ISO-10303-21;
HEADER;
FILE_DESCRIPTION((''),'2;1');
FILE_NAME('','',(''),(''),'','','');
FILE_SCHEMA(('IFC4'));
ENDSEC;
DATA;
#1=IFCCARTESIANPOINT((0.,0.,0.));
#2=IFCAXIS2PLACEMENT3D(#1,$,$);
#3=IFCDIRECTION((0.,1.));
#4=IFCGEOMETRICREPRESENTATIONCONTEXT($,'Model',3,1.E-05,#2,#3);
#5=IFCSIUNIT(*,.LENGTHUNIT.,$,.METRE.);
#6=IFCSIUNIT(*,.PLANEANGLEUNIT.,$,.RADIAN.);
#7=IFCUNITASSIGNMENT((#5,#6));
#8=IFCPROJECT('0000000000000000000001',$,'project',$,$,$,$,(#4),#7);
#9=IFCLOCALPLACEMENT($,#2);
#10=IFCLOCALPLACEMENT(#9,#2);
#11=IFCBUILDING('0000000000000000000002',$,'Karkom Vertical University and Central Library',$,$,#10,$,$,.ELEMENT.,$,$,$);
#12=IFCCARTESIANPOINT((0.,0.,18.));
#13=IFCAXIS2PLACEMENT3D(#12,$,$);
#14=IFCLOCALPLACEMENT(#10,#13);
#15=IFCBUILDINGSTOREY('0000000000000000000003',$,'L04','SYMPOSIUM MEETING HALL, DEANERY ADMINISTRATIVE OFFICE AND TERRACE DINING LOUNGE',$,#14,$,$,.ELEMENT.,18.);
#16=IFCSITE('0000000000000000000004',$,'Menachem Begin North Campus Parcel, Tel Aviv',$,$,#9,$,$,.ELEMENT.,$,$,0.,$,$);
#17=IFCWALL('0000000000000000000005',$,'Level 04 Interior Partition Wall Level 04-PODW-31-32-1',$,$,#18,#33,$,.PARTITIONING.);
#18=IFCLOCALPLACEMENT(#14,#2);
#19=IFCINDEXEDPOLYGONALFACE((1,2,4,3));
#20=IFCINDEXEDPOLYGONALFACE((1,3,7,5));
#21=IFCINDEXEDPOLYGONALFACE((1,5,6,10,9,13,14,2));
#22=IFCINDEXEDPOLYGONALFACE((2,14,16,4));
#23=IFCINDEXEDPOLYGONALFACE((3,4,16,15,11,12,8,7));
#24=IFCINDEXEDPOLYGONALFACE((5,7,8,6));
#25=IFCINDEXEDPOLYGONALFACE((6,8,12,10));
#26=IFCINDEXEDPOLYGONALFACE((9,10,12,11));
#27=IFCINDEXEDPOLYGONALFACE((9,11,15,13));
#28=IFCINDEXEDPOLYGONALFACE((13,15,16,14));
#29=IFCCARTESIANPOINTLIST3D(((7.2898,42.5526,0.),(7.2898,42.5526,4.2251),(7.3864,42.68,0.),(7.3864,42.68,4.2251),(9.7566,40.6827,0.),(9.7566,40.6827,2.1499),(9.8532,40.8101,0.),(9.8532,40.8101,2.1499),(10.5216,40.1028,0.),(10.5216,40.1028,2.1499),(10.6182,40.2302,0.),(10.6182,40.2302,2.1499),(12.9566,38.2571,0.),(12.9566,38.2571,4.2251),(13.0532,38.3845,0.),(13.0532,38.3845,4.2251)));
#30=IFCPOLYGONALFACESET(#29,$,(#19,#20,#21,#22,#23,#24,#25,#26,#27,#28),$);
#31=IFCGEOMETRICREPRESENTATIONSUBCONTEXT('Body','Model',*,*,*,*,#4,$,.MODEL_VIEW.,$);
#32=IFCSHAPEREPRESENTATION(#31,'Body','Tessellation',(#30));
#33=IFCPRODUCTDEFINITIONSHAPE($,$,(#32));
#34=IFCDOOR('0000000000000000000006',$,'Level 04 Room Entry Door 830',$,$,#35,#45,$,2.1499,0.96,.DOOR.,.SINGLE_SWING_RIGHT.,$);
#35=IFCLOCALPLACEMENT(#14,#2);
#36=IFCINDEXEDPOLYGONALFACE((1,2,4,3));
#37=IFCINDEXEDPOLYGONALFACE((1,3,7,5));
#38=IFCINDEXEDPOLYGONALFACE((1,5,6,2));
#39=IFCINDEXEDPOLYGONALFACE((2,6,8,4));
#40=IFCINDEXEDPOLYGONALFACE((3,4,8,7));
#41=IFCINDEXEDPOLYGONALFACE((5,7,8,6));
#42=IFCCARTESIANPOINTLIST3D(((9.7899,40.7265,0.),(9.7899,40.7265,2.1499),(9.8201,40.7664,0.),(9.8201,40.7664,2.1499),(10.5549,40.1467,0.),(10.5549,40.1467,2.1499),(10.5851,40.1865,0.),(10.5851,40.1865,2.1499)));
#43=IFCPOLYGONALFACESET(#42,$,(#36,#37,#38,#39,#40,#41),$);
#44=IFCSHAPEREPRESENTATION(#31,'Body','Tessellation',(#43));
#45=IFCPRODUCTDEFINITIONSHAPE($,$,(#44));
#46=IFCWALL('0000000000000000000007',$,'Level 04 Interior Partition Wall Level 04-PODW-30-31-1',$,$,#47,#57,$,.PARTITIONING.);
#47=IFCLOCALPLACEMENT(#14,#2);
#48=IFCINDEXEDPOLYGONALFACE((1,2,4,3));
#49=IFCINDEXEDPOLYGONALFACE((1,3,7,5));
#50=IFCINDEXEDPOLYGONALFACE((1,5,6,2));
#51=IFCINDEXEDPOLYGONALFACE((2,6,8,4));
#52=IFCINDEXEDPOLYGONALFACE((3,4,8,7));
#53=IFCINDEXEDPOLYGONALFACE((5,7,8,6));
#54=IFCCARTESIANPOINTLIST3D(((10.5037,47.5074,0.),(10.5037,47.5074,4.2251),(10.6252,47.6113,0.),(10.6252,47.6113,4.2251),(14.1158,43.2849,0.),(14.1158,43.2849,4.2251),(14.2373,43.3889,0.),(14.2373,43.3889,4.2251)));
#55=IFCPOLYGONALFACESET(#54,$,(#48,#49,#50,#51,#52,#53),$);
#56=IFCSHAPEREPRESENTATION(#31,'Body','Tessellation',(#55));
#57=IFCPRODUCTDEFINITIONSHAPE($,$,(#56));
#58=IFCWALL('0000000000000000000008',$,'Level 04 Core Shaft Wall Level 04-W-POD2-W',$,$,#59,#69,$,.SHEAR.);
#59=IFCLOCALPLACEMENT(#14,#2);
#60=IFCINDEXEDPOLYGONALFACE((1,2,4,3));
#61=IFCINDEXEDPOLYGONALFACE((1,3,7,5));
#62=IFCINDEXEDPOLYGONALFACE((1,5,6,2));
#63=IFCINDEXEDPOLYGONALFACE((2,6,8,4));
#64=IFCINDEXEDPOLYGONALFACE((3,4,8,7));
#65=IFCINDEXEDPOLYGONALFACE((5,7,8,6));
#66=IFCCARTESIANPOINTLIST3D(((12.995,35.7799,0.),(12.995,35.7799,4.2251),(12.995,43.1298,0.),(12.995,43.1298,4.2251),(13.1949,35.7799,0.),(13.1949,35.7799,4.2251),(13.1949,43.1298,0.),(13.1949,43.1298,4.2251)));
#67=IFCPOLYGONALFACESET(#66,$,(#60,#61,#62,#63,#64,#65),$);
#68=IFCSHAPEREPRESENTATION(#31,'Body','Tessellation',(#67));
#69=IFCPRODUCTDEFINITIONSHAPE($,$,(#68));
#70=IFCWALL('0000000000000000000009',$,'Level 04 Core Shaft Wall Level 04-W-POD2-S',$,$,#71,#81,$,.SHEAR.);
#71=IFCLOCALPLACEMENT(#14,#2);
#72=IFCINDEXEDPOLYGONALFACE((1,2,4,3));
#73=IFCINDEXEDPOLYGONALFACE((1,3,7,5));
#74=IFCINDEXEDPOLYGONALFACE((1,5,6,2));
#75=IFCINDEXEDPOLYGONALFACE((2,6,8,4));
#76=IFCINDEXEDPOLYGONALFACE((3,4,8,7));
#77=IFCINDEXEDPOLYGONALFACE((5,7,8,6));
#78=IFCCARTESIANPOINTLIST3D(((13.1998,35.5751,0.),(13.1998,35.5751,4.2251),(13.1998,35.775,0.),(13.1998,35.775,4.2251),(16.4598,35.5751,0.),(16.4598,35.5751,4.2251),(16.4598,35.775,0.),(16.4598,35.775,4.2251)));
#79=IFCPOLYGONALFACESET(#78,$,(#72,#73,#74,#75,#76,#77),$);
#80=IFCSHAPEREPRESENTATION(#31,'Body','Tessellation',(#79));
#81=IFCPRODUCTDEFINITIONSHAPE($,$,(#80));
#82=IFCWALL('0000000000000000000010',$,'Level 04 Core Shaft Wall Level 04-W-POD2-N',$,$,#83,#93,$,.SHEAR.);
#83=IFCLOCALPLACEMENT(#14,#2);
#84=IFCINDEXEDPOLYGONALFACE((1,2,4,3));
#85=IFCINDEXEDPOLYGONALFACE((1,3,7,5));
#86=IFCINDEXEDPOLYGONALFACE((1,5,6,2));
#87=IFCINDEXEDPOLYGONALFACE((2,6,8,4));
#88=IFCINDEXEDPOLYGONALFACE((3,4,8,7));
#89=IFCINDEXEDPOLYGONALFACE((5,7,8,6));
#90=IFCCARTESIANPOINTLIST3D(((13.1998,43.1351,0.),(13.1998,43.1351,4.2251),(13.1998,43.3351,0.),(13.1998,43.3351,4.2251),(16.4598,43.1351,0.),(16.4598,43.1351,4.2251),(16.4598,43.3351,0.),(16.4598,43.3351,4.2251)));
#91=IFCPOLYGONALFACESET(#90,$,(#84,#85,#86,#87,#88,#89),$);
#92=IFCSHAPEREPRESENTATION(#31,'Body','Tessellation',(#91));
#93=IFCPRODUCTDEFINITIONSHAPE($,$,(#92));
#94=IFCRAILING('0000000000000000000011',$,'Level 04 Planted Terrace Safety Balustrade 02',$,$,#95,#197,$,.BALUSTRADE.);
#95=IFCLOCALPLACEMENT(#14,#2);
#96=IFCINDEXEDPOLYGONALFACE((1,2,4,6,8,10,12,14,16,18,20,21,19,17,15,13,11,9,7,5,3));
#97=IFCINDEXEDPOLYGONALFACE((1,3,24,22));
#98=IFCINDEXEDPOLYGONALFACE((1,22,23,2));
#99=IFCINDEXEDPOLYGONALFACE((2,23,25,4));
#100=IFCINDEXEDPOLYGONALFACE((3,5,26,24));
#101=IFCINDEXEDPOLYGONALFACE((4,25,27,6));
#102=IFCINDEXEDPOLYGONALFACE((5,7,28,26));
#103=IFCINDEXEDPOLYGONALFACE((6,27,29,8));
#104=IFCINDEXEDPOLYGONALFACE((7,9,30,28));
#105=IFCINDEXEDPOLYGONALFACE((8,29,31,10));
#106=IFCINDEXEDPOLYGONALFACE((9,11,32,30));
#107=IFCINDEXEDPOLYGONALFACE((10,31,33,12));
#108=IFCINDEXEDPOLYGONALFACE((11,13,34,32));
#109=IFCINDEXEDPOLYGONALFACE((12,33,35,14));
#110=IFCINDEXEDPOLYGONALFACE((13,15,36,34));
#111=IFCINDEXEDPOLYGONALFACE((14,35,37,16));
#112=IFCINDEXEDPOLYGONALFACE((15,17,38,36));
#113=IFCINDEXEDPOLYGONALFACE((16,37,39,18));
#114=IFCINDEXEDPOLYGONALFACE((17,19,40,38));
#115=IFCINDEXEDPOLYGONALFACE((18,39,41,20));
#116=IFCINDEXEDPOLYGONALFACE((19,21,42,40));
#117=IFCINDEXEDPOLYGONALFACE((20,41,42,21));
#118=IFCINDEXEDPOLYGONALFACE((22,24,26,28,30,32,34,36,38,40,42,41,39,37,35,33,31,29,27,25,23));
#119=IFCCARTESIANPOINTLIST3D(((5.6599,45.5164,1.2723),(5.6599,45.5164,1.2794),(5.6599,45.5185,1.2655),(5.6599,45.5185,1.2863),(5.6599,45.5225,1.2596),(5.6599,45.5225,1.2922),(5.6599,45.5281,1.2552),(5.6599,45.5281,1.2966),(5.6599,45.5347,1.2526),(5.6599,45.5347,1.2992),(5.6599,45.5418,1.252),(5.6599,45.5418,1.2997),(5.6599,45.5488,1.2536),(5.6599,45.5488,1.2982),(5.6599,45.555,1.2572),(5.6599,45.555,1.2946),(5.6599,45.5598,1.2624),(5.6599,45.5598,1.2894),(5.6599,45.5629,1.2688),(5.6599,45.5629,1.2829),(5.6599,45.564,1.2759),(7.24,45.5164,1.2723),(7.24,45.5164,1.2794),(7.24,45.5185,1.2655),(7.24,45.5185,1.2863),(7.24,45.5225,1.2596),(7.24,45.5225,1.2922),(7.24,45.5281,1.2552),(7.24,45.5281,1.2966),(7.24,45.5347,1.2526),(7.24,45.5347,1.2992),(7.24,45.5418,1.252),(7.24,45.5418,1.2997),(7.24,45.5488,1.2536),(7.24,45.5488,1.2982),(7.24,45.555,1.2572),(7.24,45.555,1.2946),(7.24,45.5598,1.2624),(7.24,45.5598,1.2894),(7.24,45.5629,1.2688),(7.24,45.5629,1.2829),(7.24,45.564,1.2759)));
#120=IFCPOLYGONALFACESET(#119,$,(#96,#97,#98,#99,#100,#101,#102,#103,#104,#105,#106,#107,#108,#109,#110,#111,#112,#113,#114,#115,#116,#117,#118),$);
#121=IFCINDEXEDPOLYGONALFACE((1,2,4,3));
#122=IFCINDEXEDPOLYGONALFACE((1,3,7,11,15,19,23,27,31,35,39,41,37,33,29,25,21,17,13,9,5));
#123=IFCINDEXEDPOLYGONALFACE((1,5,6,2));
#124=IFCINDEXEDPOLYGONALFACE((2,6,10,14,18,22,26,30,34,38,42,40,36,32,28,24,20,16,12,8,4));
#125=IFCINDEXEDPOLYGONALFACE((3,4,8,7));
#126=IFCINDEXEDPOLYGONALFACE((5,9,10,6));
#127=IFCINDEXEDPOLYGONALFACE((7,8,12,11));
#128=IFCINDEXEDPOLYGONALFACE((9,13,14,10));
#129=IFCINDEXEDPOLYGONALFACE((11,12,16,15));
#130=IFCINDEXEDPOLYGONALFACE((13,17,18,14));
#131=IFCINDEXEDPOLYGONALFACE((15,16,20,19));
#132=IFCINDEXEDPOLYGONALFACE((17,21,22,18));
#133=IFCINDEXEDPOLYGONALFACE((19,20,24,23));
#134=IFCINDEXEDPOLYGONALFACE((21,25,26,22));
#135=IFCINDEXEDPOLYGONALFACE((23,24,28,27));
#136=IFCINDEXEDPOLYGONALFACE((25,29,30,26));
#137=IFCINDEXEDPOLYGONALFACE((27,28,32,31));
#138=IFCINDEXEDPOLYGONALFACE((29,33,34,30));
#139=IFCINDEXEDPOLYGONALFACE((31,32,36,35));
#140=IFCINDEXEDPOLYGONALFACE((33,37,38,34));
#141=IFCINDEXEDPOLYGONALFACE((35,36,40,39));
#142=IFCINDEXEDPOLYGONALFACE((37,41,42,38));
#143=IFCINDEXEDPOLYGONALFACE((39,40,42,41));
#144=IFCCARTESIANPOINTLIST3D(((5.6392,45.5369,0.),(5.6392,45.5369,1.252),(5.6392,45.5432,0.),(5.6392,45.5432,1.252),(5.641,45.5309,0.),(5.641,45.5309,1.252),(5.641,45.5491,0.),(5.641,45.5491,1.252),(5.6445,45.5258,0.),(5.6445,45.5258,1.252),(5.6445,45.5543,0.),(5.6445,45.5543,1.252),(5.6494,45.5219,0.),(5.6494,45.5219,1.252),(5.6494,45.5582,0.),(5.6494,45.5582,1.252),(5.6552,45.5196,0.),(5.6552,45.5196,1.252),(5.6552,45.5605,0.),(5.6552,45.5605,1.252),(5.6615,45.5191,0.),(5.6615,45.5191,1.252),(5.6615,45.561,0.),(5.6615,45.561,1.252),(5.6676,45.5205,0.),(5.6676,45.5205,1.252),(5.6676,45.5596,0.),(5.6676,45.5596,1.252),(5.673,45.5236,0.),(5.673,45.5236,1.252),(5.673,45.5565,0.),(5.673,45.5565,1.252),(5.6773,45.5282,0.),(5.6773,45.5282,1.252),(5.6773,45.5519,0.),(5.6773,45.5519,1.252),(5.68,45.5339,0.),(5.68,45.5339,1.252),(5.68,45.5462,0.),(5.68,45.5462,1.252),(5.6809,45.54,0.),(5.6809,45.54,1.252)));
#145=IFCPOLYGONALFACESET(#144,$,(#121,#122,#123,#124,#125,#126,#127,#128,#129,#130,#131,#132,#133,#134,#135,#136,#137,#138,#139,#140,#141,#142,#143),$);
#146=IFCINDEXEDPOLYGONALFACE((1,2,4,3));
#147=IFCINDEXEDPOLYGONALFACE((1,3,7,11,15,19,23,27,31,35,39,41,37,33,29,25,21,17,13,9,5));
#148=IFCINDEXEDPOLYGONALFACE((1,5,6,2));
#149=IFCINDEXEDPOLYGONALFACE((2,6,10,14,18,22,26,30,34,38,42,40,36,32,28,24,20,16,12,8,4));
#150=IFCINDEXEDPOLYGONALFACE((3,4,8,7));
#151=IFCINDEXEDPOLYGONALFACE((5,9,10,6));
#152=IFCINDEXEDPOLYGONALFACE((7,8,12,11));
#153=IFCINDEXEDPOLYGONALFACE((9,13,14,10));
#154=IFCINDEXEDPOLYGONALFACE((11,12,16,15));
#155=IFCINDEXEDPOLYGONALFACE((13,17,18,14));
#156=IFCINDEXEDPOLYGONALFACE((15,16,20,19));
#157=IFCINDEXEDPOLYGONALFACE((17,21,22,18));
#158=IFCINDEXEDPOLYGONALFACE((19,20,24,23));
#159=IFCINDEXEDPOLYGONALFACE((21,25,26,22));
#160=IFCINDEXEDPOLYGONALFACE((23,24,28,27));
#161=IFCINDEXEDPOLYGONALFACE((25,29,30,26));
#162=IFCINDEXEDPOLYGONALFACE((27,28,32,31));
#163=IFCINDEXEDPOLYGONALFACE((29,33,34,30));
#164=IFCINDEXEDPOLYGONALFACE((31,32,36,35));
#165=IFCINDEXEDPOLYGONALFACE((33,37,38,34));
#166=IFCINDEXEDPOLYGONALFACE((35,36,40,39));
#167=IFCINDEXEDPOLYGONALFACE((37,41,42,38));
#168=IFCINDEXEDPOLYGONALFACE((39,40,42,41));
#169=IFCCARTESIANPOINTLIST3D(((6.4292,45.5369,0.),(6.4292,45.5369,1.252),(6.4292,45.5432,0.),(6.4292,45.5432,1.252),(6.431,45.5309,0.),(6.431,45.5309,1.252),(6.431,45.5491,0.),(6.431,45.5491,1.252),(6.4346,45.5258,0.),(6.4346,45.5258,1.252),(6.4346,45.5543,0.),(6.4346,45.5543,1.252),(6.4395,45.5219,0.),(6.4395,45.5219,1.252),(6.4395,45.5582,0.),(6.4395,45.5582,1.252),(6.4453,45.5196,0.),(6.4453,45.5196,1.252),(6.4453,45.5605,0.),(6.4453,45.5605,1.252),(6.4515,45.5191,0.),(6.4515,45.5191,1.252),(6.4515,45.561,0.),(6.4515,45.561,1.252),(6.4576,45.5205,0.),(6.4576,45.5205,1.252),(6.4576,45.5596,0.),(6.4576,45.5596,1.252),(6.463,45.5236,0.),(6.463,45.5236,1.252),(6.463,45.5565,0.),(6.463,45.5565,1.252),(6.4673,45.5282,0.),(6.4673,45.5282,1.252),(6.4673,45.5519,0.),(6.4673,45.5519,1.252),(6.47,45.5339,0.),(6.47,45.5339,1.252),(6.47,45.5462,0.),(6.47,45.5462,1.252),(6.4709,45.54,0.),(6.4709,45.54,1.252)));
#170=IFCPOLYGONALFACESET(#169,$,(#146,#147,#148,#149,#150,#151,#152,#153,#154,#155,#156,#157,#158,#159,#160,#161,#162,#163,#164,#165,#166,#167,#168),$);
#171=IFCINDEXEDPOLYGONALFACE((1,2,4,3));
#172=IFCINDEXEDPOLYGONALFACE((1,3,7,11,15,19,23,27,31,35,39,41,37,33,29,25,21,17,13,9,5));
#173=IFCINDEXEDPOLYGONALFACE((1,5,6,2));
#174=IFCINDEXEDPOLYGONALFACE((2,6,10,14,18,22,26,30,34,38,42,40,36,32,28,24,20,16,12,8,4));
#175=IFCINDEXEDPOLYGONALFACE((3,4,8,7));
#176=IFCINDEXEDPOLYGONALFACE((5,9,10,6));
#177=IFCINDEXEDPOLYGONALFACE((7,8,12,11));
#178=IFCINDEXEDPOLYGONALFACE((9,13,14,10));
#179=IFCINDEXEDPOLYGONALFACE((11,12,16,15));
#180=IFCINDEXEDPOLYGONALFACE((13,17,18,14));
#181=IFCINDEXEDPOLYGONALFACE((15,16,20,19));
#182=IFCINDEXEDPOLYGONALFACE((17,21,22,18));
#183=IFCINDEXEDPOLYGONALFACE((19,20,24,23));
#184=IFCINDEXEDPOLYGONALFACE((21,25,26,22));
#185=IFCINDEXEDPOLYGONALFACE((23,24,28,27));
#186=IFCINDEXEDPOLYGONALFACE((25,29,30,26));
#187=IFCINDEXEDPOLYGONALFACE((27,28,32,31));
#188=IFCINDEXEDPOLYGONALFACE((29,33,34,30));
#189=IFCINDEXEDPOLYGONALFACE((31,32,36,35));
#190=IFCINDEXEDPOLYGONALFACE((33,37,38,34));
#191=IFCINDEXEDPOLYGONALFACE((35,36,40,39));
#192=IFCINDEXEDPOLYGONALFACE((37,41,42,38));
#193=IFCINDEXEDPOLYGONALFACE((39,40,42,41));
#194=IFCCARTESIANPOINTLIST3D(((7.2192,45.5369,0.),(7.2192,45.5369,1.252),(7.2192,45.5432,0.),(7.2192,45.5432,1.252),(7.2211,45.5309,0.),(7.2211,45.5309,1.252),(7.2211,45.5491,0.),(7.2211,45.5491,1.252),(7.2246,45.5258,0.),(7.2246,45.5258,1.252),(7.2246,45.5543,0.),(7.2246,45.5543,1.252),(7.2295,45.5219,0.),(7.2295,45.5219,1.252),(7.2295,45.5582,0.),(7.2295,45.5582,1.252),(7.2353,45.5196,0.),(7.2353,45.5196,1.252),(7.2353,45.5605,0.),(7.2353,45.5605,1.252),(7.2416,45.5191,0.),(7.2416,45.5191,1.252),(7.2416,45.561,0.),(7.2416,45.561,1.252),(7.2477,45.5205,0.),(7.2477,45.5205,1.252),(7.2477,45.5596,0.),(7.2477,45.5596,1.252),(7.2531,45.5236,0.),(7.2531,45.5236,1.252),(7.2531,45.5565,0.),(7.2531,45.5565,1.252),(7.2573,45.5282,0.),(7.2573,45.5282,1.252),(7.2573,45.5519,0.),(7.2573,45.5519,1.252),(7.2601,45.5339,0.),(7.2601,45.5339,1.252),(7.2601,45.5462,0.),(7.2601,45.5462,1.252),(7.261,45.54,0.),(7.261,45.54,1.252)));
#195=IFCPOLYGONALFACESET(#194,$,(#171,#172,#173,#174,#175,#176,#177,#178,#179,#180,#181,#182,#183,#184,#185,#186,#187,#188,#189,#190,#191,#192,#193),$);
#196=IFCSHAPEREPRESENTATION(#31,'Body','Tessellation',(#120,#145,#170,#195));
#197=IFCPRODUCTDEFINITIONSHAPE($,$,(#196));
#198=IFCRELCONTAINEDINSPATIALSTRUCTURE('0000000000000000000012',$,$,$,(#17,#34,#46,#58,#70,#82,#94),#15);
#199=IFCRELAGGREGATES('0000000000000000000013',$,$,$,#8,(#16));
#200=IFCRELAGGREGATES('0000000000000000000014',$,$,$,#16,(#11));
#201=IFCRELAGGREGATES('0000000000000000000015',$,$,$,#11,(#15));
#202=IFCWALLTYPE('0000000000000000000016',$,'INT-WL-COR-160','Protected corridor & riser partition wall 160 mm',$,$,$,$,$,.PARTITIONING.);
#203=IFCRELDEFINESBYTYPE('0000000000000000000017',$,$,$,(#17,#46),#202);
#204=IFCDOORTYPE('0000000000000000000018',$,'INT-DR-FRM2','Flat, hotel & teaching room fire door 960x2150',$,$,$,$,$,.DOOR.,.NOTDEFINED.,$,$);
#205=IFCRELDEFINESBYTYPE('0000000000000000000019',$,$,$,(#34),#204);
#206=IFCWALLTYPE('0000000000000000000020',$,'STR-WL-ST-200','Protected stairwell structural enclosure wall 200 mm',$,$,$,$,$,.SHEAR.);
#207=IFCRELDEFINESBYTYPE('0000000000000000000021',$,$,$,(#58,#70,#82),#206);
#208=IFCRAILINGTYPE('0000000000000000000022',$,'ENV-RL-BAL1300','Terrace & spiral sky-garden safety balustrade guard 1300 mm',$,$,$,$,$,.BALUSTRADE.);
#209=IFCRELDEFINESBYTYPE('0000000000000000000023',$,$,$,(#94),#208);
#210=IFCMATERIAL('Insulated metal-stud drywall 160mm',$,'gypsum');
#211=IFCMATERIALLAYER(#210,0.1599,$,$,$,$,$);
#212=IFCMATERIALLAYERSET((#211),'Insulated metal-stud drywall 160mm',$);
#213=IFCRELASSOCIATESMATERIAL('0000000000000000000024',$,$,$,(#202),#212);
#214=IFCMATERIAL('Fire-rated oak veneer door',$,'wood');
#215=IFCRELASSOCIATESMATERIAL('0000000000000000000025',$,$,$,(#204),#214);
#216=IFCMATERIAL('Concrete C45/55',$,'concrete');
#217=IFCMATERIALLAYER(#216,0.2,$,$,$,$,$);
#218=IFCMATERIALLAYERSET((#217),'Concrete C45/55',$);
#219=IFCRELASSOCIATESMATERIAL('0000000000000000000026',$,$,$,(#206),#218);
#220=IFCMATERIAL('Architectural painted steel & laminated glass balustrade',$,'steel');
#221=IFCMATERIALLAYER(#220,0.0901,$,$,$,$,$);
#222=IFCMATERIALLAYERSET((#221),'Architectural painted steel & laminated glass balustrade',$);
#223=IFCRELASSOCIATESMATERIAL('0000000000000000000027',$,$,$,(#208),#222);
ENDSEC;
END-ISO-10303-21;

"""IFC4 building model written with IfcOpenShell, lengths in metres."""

from ifc_helpers import new_model, si_unit, direction, frame, frame_2d, origin, origin_with_axes, origin_2d, place, context, subcontext, project, spatial, rectangle, circle, extrude, source, transform, mapped, material, layer, layer_set, type_object, element, fill, save


model = new_model("IFC4")

# Units and contexts
model_context = context("Model", 3, precision=1e-05, world=origin(), true_north=direction((0.0, 1.0)))
body_context = subcontext(model_context, "Body", "Model", "MODEL_VIEW")
ifc_project = project(units=[si_unit("LENGTHUNIT", "METRE"), si_unit("PLANEANGLEUNIT", "RADIAN")], contexts=[model_context])

# Site, building, storey
site_placement = place(None, origin())
site = spatial("IfcSite", under=ifc_project, at=site_placement, Name="Menachem Begin North Campus Parcel, Tel Aviv", CompositionType="ELEMENT", RefElevation=0.0)
building_placement = place(site_placement, origin())
building = spatial("IfcBuilding", under=site, at=building_placement, Name="Karkom Vertical University and Central Library", CompositionType="ELEMENT")
storey_placement = place(building_placement, frame((0.0, 0.0, 18.0)))
storey = spatial("IfcBuildingStorey", under=building, at=storey_placement, Name="L04", Description="SYMPOSIUM MEETING HALL, DEANERY ADMINISTRATIVE OFFICE AND TERRACE DINING LOUNGE", CompositionType="ELEMENT", Elevation=18.0)

# Wall, opening, door
ifc_material_1 = material(Name="Insulated metal-stud drywall 160mm", Category="gypsum")
ifc_layer_1 = layer(ifc_material_1, 0.1599)
ifc_layer_set_1 = layer_set([ifc_layer_1], Name="Insulated metal-stud drywall 160mm")
wall_type_1 = type_object("IfcWallType", Name="INT-WL-COR-160", Description="Protected corridor & riser partition wall 160 mm", PredefinedType="PARTITIONING", material=ifc_layer_set_1)
wall_1_placement = place(storey_placement, frame((13.0049, 38.3208, 0.0), z_axis=(0.0, 0.0, 1.0), x_axis=(-0.796928, 0.604074, 0.0)))
wall_1 = element("IfcWall", 1, at=wall_1_placement, inside=storey, type_object=wall_type_1, Name="Level 04 Interior Partition Wall Level 04-PODW-31-32-1", PredefinedType="PARTITIONING", context=body_context, shape_type="SweptSolid", body=[
    extrude(rectangle(XDim=7.1108, YDim=0.1599, at=frame_2d((3.5554, 0.0))), origin(), (0.0, 0.0, 1.0), 4.2251),
])
opening_1_placement = place(wall_1_placement, frame((3.0554, 0.0, 0.0)))
opening_1 = element("IfcOpeningElement", 2, at=opening_1_placement, cuts=wall_1, PredefinedType="OPENING", context=body_context, shape_type="SweptSolid", body=[
    extrude(rectangle(XDim=0.96, YDim=2.1499, at=frame_2d((0.48, 1.075))), frame((0.0, 0.0898, 0.0), z_axis=(0.0, -1.0, 0.0), x_axis=(1.0, 0.0, 0.0)), (0.0, 0.0, 1.0), 0.1799),
])
ifc_material_2 = material(Name="Fire-rated oak veneer door", Category="wood")
door_type_1 = type_object("IfcDoorType", Name="INT-DR-FRM2", Description="Flat, hotel & teaching room fire door 960x2150", OperationType="NOTDEFINED", PredefinedType="DOOR", material=ifc_material_2)
shared_shape_1 = source(origin_with_axes(), body_context, "Body", "SweptSolid", [
    extrude(rectangle(XDim=0.96, YDim=2.1499, at=frame_2d((0.48, 1.075))), frame((0.0, 0.0249, 0.0), z_axis=(0.0, -1.0, 0.0), x_axis=(1.0, 0.0, 0.0)), (0.0, 0.0, 1.0), 0.05),
])
door_1_placement = place(opening_1_placement, origin())
door_1 = element("IfcDoor", 3, at=door_1_placement, inside=storey, type_object=door_type_1, Name="Level 04 Room Entry Door 830", OperationType="SINGLE_SWING_RIGHT", OverallHeight=2.1499, OverallWidth=0.96, PredefinedType="DOOR", context=body_context, shape_type="MappedRepresentation", body=[
    mapped(shared_shape_1, transform((0.0, 0.0, 0.0), scale=1.0)),
])
fill(opening_1, door_1)

# Walls
wall_2_placement = place(storey_placement, frame((14.1765, 43.3369, 0.0), z_axis=(0.0, 0.0, 1.0), x_axis=(-0.650049, 0.759892, 0.0)))
element("IfcWall", 4, at=wall_2_placement, inside=storey, type_object=wall_type_1, Name="Level 04 Interior Partition Wall Level 04-PODW-30-31-1", PredefinedType="PARTITIONING", context=body_context, shape_type="SweptSolid", body=[
    extrude(rectangle(XDim=5.5566, YDim=0.1599, at=frame_2d((2.7783, 0.0))), origin(), (0.0, 0.0, 1.0), 4.2251),
])
ifc_material_3 = material(Name="Concrete C45/55", Category="concrete")
ifc_layer_2 = layer(ifc_material_3, 0.2)
ifc_layer_set_2 = layer_set([ifc_layer_2], Name="Concrete C45/55")
wall_type_2 = type_object("IfcWallType", Name="STR-WL-ST-200", Description="Protected stairwell structural enclosure wall 200 mm", PredefinedType="SHEAR", material=ifc_layer_set_2)
wall_3_placement = place(storey_placement, frame((13.095, 35.78, 0.0), z_axis=(0.0, 0.0, 1.0), x_axis=(0.0, 1.0, 0.0)))
element("IfcWall", 5, at=wall_3_placement, inside=storey, type_object=wall_type_2, Name="Level 04 Core Shaft Wall Level 04-W-POD2-W", PredefinedType="SHEAR", context=body_context, shape_type="SweptSolid", body=[
    extrude(rectangle(XDim=7.3499, YDim=0.2, at=frame_2d((3.6748, 0.0))), origin(), (0.0, 0.0, 1.0), 4.2251),
])
for number, where, z_axis, x_axis, name in (
    (6, (13.2, 35.675, 0.0), (0.0, 0.0, 1.0), (1.0, 0.0, 0.0), "Level 04 Core Shaft Wall Level 04-W-POD2-S"),
    (7, (13.2, 43.2351, 0.0), (0.0, 0.0, 1.0), (1.0, 0.0, 0.0), "Level 04 Core Shaft Wall Level 04-W-POD2-N"),
):
    element("IfcWall", number, at=place(storey_placement, frame(where, z_axis=z_axis, x_axis=x_axis)), inside=storey, type_object=wall_type_2, Name=name, PredefinedType="SHEAR", context=body_context, shape_type="SweptSolid", body=[
        extrude(rectangle(XDim=3.26, YDim=0.2, at=frame_2d((1.6299, 0.0))), origin(), (0.0, 0.0, 1.0), 4.2251),
    ])

# Railing
ifc_material_4 = material(Name="Architectural painted steel & laminated glass balustrade", Category="steel")
ifc_layer_3 = layer(ifc_material_4, 0.0901)
ifc_layer_set_3 = layer_set([ifc_layer_3], Name="Architectural painted steel & laminated glass balustrade")
railing_type = type_object("IfcRailingType", Name="ENV-RL-BAL1300", Description="Terrace & spiral sky-garden safety balustrade guard 1300 mm", PredefinedType="BALUSTRADE", material=ifc_layer_set_3)
railing_placement = place(storey_placement, frame((5.6599, 45.54, 0.0)))
element("IfcRailing", 8, at=railing_placement, inside=storey, type_object=railing_type, Name="Level 04 Planted Terrace Safety Balustrade 02", PredefinedType="BALUSTRADE", context=body_context, shape_type="SweptSolid", body=[
    extrude(circle(Radius=0.0239, at=origin_2d()), frame((0.0, 0.0, 1.2759), z_axis=(1.0, 0.0, 0.0), x_axis=(0.0, 1.0, 0.0)), (0.0, 0.0, 1.0), 1.5801),
    extrude(circle(Radius=0.021, at=origin_2d()), origin(), (0.0, 0.0, 1.0), 1.252),
    extrude(circle(Radius=0.021, at=origin_2d()), frame((0.79, 0.0, 0.0)), (0.0, 0.0, 1.0), 1.252),
    extrude(circle(Radius=0.021, at=origin_2d()), frame((1.5801, 0.0, 0.0)), (0.0, 0.0, 1.0), 1.252),
])

save(model, "model.ifc")
